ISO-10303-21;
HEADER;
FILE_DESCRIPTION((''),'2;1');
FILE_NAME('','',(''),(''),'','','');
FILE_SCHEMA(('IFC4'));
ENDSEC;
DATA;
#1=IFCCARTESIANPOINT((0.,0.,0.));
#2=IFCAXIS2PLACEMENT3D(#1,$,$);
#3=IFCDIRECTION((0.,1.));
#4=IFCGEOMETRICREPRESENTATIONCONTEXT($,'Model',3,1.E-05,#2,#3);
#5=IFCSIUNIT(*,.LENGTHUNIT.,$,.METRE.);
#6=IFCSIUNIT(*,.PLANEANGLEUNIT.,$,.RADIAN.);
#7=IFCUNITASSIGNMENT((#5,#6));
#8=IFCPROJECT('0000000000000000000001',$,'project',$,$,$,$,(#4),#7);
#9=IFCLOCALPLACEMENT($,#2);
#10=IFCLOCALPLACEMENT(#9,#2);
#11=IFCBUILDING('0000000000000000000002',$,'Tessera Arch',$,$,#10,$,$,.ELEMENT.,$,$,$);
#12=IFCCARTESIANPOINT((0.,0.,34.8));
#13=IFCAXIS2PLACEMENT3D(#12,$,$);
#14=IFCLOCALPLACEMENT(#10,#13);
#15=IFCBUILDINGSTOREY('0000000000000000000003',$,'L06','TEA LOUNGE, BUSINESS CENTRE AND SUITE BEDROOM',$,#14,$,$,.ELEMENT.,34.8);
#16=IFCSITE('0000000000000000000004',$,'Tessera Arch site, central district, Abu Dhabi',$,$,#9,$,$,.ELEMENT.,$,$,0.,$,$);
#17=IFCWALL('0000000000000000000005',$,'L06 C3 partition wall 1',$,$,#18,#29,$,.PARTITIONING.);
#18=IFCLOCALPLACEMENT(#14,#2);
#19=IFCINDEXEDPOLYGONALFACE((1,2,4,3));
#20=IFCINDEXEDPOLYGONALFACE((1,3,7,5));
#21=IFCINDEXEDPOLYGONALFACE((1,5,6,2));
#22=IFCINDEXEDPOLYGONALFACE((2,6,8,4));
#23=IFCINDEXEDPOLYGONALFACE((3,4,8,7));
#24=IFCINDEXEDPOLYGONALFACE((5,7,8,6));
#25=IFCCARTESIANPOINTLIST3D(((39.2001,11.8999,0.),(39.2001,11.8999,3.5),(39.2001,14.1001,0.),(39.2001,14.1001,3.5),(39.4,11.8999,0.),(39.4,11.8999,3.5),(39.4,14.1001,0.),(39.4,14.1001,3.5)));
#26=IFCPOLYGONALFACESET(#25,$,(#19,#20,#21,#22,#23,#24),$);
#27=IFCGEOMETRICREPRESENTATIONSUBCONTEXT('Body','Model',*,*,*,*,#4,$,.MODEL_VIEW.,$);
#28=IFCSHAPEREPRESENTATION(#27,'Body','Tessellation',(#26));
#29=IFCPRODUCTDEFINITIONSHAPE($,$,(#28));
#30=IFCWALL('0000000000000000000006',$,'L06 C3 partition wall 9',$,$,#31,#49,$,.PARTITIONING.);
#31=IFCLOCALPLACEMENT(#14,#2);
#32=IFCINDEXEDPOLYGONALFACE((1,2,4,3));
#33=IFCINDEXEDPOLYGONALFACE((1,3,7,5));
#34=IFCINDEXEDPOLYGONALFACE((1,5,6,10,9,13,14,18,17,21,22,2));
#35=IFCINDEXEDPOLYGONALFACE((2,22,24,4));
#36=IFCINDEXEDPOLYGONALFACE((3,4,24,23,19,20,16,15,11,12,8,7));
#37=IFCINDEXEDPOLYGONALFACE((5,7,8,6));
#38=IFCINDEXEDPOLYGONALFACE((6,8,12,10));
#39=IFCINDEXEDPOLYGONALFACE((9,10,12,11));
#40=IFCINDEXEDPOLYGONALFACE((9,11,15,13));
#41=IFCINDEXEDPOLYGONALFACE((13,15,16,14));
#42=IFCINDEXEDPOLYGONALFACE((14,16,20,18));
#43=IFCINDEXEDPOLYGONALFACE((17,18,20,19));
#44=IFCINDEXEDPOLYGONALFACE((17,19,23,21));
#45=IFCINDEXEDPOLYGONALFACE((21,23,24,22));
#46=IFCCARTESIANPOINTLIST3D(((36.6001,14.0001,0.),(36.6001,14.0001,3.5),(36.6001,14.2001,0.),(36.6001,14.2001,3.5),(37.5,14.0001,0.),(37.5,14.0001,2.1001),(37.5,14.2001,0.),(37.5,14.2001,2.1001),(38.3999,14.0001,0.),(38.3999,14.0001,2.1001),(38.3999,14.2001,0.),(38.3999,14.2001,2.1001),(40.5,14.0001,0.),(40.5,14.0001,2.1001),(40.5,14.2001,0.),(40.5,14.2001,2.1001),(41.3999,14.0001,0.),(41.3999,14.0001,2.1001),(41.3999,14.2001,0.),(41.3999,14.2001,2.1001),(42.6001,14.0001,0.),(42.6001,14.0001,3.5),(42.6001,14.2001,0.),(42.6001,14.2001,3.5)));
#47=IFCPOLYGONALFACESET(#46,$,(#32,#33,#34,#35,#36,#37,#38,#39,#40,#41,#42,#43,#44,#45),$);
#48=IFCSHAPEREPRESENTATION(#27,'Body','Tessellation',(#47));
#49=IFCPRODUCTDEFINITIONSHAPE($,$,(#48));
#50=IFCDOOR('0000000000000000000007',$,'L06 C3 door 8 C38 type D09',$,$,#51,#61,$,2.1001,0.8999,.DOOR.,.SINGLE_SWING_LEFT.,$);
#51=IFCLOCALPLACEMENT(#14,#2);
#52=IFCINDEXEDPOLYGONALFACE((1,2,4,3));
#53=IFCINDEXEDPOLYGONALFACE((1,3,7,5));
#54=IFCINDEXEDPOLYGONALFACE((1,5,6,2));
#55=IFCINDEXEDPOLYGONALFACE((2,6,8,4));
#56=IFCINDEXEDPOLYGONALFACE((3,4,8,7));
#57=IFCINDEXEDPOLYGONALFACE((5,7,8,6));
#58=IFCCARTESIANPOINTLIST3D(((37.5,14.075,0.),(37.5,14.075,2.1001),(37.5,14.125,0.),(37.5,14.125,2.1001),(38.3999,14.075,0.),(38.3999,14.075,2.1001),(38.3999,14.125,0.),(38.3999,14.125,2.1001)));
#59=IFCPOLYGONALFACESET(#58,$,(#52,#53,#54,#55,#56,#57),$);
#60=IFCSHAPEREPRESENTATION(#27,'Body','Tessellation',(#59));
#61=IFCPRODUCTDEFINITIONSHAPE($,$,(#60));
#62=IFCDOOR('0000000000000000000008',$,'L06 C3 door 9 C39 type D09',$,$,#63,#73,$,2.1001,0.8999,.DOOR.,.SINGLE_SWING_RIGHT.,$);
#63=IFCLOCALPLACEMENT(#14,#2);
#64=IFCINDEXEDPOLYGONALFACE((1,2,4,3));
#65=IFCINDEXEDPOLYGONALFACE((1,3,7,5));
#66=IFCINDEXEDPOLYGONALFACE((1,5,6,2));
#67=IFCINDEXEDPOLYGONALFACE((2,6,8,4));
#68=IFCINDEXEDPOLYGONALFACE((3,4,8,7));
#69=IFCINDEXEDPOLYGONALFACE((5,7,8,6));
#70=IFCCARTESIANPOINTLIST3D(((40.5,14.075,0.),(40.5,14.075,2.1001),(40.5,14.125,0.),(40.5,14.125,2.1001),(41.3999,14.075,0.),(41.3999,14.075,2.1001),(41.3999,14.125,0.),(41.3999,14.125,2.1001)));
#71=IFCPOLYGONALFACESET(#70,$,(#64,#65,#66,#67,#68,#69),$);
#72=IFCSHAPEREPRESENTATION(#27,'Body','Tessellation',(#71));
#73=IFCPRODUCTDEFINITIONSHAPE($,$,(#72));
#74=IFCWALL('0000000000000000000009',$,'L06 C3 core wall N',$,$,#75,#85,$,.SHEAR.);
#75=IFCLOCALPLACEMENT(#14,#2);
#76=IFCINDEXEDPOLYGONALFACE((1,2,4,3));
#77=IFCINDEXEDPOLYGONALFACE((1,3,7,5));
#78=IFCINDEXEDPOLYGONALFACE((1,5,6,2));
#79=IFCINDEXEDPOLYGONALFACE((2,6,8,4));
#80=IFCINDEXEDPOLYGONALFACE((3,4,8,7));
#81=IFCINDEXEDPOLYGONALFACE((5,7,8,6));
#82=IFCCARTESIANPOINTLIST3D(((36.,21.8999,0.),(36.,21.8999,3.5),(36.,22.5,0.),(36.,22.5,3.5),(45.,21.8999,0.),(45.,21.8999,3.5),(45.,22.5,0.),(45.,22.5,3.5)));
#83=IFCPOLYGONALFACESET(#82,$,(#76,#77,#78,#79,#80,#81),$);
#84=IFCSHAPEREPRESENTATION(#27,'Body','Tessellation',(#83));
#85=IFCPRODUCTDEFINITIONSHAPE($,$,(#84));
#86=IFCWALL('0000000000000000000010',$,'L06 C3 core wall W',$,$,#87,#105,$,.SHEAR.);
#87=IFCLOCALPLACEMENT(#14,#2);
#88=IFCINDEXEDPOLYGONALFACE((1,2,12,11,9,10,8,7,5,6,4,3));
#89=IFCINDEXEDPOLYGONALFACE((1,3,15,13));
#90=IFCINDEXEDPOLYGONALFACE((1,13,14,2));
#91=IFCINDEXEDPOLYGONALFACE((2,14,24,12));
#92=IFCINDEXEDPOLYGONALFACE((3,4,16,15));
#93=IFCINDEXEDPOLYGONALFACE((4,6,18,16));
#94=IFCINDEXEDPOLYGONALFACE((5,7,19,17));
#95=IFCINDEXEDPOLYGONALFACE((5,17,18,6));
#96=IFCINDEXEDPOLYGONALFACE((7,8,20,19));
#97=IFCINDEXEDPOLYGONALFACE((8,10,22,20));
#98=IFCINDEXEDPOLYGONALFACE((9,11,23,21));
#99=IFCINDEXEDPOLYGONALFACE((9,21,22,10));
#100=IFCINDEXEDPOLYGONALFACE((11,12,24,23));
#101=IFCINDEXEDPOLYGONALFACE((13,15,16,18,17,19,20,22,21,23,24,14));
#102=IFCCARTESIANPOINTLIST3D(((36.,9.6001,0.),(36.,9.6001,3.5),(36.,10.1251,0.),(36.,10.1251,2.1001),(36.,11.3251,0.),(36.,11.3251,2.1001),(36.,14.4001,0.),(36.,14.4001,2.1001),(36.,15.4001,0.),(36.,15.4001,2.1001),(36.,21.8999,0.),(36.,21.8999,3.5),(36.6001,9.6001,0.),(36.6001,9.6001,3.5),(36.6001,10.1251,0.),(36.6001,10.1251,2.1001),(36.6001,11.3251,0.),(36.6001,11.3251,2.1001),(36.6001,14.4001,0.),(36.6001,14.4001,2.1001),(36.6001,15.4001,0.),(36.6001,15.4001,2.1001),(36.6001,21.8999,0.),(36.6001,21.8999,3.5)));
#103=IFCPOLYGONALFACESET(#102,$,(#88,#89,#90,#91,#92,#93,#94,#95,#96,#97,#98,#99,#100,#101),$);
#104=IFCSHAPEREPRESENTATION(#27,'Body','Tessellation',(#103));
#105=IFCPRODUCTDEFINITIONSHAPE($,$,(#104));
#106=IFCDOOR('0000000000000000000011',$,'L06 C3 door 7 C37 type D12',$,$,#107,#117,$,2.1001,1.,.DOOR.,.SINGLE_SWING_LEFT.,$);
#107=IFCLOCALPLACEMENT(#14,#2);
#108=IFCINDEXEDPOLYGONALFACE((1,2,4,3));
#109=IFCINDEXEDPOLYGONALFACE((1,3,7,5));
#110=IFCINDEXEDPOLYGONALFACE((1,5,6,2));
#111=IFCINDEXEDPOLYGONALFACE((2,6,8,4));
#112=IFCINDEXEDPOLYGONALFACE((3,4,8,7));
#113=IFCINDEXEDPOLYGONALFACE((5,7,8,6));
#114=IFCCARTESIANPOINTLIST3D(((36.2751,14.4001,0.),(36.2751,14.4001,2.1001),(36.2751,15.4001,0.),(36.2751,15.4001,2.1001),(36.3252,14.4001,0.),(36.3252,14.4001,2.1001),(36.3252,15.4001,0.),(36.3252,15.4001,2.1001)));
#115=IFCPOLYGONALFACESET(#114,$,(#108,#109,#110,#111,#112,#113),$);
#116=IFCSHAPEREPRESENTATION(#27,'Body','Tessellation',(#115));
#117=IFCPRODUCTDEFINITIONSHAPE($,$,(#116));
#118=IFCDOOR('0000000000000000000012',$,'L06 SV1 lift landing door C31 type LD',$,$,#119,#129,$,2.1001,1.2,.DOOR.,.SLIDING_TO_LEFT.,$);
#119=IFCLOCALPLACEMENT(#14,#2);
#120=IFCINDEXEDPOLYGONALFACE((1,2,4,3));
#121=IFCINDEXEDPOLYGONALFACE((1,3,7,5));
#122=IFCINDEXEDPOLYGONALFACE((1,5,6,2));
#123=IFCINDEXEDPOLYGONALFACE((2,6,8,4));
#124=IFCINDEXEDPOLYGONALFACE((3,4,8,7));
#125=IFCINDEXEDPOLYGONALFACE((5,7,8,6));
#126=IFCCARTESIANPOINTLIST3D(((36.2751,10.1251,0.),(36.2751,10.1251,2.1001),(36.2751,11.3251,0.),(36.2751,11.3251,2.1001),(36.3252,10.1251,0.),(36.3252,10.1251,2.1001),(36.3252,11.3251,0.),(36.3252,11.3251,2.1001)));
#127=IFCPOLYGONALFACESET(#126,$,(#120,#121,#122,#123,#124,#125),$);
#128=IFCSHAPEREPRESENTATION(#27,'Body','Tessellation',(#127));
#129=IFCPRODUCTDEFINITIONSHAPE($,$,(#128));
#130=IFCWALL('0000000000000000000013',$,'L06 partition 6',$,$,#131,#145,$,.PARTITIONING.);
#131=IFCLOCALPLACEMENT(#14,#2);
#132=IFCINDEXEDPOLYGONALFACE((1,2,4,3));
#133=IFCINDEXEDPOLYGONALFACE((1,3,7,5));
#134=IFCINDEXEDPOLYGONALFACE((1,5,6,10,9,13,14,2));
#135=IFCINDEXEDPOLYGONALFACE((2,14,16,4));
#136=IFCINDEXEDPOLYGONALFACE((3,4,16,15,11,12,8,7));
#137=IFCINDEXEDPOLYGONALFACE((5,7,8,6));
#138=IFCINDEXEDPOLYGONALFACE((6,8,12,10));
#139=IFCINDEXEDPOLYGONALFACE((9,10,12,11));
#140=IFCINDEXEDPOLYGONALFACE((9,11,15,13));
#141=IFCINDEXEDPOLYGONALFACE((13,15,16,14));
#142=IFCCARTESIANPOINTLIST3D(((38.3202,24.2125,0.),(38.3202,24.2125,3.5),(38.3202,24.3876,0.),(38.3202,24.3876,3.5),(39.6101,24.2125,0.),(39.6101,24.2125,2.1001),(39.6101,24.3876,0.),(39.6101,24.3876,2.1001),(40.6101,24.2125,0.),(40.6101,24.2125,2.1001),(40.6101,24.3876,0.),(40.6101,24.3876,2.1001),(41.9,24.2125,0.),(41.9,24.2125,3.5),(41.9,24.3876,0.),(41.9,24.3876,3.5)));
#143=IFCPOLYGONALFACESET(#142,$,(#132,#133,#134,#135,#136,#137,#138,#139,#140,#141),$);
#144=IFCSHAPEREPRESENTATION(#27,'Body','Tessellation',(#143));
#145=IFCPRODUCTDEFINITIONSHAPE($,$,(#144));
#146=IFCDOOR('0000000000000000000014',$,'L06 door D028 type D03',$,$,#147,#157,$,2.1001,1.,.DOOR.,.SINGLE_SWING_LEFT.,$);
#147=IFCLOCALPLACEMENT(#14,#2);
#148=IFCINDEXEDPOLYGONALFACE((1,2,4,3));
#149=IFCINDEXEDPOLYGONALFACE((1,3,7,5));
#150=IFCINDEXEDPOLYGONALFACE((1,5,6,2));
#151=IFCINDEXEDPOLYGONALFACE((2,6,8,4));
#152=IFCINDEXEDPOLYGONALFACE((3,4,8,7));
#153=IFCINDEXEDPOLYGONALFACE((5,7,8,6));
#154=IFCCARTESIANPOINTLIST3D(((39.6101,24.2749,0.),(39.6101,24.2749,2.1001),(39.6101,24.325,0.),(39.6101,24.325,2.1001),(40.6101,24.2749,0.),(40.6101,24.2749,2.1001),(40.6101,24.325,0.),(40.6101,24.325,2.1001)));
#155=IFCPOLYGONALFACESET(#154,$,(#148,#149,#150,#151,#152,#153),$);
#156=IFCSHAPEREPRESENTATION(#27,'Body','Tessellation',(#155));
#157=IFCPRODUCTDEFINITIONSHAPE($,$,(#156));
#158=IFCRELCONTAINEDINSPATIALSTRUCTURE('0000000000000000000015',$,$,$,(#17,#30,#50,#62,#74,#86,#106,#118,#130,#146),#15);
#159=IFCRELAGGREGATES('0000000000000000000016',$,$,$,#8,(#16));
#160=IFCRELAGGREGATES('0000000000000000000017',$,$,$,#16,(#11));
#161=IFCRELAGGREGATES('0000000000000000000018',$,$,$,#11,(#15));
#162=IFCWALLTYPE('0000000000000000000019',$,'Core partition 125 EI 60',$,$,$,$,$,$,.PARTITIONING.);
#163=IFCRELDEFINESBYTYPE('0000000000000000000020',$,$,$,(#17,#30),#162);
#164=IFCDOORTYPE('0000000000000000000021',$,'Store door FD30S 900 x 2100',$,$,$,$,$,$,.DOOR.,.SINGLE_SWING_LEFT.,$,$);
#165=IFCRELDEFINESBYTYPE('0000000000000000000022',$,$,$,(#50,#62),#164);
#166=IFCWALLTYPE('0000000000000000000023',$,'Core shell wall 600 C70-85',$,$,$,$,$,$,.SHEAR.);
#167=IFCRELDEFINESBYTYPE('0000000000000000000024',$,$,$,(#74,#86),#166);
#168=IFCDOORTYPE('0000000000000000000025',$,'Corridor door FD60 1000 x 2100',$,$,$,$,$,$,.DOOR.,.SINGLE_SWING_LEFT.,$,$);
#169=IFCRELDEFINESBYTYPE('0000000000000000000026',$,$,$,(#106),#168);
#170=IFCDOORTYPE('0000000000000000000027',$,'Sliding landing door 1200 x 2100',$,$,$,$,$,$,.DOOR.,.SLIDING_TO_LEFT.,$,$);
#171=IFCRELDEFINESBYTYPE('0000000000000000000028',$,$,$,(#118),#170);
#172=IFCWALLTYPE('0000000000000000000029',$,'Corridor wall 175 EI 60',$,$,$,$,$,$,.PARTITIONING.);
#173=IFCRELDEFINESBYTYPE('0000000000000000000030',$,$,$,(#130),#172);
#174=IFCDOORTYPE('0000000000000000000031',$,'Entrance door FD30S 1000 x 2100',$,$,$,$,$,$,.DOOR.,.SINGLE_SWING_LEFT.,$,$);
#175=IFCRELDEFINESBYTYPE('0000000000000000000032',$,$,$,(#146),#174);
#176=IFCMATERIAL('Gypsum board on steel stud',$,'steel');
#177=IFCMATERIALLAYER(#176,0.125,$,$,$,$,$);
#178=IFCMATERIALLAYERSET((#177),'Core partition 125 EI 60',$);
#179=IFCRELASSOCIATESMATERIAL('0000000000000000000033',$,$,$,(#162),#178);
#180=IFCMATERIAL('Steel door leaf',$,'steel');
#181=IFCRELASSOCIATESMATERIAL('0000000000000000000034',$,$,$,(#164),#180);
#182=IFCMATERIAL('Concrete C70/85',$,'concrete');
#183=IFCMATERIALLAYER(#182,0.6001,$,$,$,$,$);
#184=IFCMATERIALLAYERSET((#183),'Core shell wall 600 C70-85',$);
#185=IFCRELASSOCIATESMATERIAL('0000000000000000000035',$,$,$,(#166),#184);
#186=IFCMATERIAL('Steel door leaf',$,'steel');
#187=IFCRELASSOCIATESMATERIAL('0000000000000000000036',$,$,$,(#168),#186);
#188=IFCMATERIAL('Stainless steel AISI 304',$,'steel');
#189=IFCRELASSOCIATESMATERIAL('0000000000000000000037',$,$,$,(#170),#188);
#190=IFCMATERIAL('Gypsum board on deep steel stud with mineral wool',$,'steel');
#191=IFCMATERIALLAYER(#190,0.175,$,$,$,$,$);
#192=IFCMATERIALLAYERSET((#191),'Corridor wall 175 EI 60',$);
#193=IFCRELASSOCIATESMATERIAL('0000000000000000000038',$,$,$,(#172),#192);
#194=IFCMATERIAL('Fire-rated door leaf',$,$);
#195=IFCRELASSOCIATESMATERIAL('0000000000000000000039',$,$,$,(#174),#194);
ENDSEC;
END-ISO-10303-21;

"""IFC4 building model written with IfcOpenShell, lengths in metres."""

from ifc_helpers import new_model, si_unit, direction, frame, frame_2d, origin, place, context, subcontext, project, spatial, rectangle, extrude, material, layer, layer_set, type_object, element, fill, save


model = new_model("IFC4")

# Units and contexts
model_context = context("Model", 3, precision=1e-05, world=origin(), true_north=direction((0.0, 1.0)))
body_context = subcontext(model_context, "Body", "Model", "MODEL_VIEW")
ifc_project = project(units=[si_unit("LENGTHUNIT", "METRE"), si_unit("PLANEANGLEUNIT", "RADIAN")], contexts=[model_context])

# Site, building, storey
site_placement = place(None, origin())
site = spatial("IfcSite", under=ifc_project, at=site_placement, Name="Tessera Arch site, central district, Abu Dhabi", CompositionType="ELEMENT", RefElevation=0.0)
building_placement = place(site_placement, origin())
building = spatial("IfcBuilding", under=site, at=building_placement, Name="Tessera Arch", CompositionType="ELEMENT")
storey_placement = place(building_placement, frame((0.0, 0.0, 34.8)))
storey = spatial("IfcBuildingStorey", under=building, at=storey_placement, Name="L06", Description="TEA LOUNGE, BUSINESS CENTRE AND SUITE BEDROOM", CompositionType="ELEMENT", Elevation=34.8)

# Wall
ifc_material_1 = material(Name="Gypsum board on steel stud", Category="steel")
ifc_layer_1 = layer(ifc_material_1, 0.125)
ifc_layer_set_1 = layer_set([ifc_layer_1], Name="Core partition 125 EI 60")
wall_type_1 = type_object("IfcWallType", Name="Core partition 125 EI 60", PredefinedType="PARTITIONING", material=ifc_layer_set_1)
wall_1_placement = place(storey_placement, frame((39.3, 11.8999, 0.0), z_axis=(0.0, 0.0, 1.0), x_axis=(0.0, 1.0, 0.0)))
element("IfcWall", 1, at=wall_1_placement, inside=storey, type_object=wall_type_1, Name="L06 C3 partition wall 1", PredefinedType="PARTITIONING", context=body_context, shape_type="SweptSolid", body=[
    extrude(rectangle(XDim=2.2002, YDim=0.2, at=frame_2d((1.1001, 0.0))), origin(), (0.0, 0.0, 1.0), 3.5),
])

# Wall, openings, doors
wall_2_placement = place(storey_placement, frame((36.6001, 14.1001, 0.0), z_axis=(0.0, 0.0, 1.0), x_axis=(1.0, 0.0, 0.0)))
wall_2 = element("IfcWall", 2, at=wall_2_placement, inside=storey, type_object=wall_type_1, Name="L06 C3 partition wall 9", PredefinedType="PARTITIONING", context=body_context, shape_type="SweptSolid", body=[
    extrude(rectangle(XDim=6.0, YDim=0.2, at=frame_2d((3.0, 0.0))), origin(), (0.0, 0.0, 1.0), 3.5),
])
opening_1_placement = place(wall_2_placement, frame((0.8999, 0.0, 0.0)))
opening_1 = element("IfcOpeningElement", 3, at=opening_1_placement, cuts=wall_2, PredefinedType="OPENING", context=body_context, shape_type="SweptSolid", body=[
    extrude(rectangle(XDim=0.8999, YDim=2.1001, at=frame_2d((0.45, 1.05))), frame((0.0, 0.1099, 0.0), z_axis=(0.0, -1.0, 0.0), x_axis=(1.0, 0.0, 0.0)), (0.0, 0.0, 1.0), 0.22),
])
opening_2_placement = place(wall_2_placement, frame((3.8999, 0.0, 0.0)))
opening_2 = element("IfcOpeningElement", 4, at=opening_2_placement, cuts=wall_2, PredefinedType="OPENING", context=body_context, shape_type="SweptSolid", body=[
    extrude(rectangle(XDim=0.8999, YDim=2.1001, at=frame_2d((0.45, 1.05))), frame((0.0, 0.1099, 0.0), z_axis=(0.0, -1.0, 0.0), x_axis=(1.0, 0.0, 0.0)), (0.0, 0.0, 1.0), 0.22),
])
ifc_material_2 = material(Name="Steel door leaf", Category="steel")
door_type_1 = type_object("IfcDoorType", Name="Store door FD30S 900 x 2100", OperationType="SINGLE_SWING_LEFT", PredefinedType="DOOR", material=ifc_material_2)
door_1_placement = place(opening_1_placement, origin())
door_1 = element("IfcDoor", 5, at=door_1_placement, inside=storey, type_object=door_type_1, Name="L06 C3 door 8 C38 type D09", OperationType="SINGLE_SWING_LEFT", OverallHeight=2.1001, OverallWidth=0.8999, PredefinedType="DOOR", context=body_context, shape_type="SweptSolid", body=[
    extrude(rectangle(XDim=0.8999, YDim=2.1001, at=frame_2d((0.45, 1.05))), frame((0.0, 0.0249, 0.0), z_axis=(0.0, -1.0, 0.0), x_axis=(1.0, 0.0, 0.0)), (0.0, 0.0, 1.0), 0.05),
])
fill(opening_1, door_1)
door_2_placement = place(opening_2_placement, origin())
door_2 = element("IfcDoor", 6, at=door_2_placement, inside=storey, type_object=door_type_1, Name="L06 C3 door 9 C39 type D09", OperationType="SINGLE_SWING_RIGHT", OverallHeight=2.1001, OverallWidth=0.8999, PredefinedType="DOOR", context=body_context, shape_type="SweptSolid", body=[
    extrude(rectangle(XDim=0.8999, YDim=2.1001, at=frame_2d((0.45, 1.05))), frame((0.0, 0.0249, 0.0), z_axis=(0.0, -1.0, 0.0), x_axis=(1.0, 0.0, 0.0)), (0.0, 0.0, 1.0), 0.05),
])
fill(opening_2, door_2)

# Wall
ifc_material_3 = material(Name="Concrete C70/85", Category="concrete")
ifc_layer_2 = layer(ifc_material_3, 0.6001)
ifc_layer_set_2 = layer_set([ifc_layer_2], Name="Core shell wall 600 C70-85")
wall_type_2 = type_object("IfcWallType", Name="Core shell wall 600 C70-85", PredefinedType="SHEAR", material=ifc_layer_set_2)
wall_3_placement = place(storey_placement, frame((36.0, 22.2, 0.0), z_axis=(0.0, 0.0, 1.0), x_axis=(1.0, 0.0, 0.0)))
element("IfcWall", 7, at=wall_3_placement, inside=storey, type_object=wall_type_2, Name="L06 C3 core wall N", PredefinedType="SHEAR", context=body_context, shape_type="SweptSolid", body=[
    extrude(rectangle(XDim=9.0, YDim=0.6001, at=frame_2d((4.5, 0.0))), origin(), (0.0, 0.0, 1.0), 3.5),
])

# Wall, openings, doors
wall_4_placement = place(storey_placement, frame((36.3, 9.6001, 0.0), z_axis=(0.0, 0.0, 1.0), x_axis=(0.0, 1.0, 0.0)))
wall_4 = element("IfcWall", 8, at=wall_4_placement, inside=storey, type_object=wall_type_2, Name="L06 C3 core wall W", PredefinedType="SHEAR", context=body_context, shape_type="SweptSolid", body=[
    extrude(rectangle(XDim=12.2998, YDim=0.6001, at=frame_2d((6.1499, 0.0))), origin(), (0.0, 0.0, 1.0), 3.5),
])
opening_3_placement = place(wall_4_placement, frame((0.5249, 0.0, 0.0)))
opening_3 = element("IfcOpeningElement", 9, at=opening_3_placement, cuts=wall_4, PredefinedType="OPENING", context=body_context, shape_type="SweptSolid", body=[
    extrude(rectangle(XDim=1.2, YDim=2.1001, at=frame_2d((0.6001, 1.05))), frame((0.0, 0.3101, 0.0), z_axis=(0.0, -1.0, 0.0), x_axis=(1.0, 0.0, 0.0)), (0.0, 0.0, 1.0), 0.6201),
])
opening_4_placement = place(wall_4_placement, frame((4.8, 0.0, 0.0)))
opening_4 = element("IfcOpeningElement", 10, at=opening_4_placement, cuts=wall_4, PredefinedType="OPENING", context=body_context, shape_type="SweptSolid", body=[
    extrude(rectangle(XDim=1.0, YDim=2.1001, at=frame_2d((0.5, 1.05))), frame((0.0, 0.3101, 0.0), z_axis=(0.0, -1.0, 0.0), x_axis=(1.0, 0.0, 0.0)), (0.0, 0.0, 1.0), 0.6201),
])
ifc_material_4 = material(Name="Steel door leaf", Category="steel")
door_type_2 = type_object("IfcDoorType", Name="Corridor door FD60 1000 x 2100", OperationType="SINGLE_SWING_LEFT", PredefinedType="DOOR", material=ifc_material_4)
door_3_placement = place(opening_4_placement, origin())
door_3 = element("IfcDoor", 11, at=door_3_placement, inside=storey, type_object=door_type_2, Name="L06 C3 door 7 C37 type D12", OperationType="SINGLE_SWING_LEFT", OverallHeight=2.1001, OverallWidth=1.0, PredefinedType="DOOR", context=body_context, shape_type="SweptSolid", body=[
    extrude(rectangle(XDim=1.0, YDim=2.1001, at=frame_2d((0.5, 1.05))), frame((0.0, 0.0249, 0.0), z_axis=(0.0, -1.0, 0.0), x_axis=(1.0, 0.0, 0.0)), (0.0, 0.0, 1.0), 0.05),
])
fill(opening_4, door_3)
ifc_material_5 = material(Name="Stainless steel AISI 304", Category="steel")
door_type_3 = type_object("IfcDoorType", Name="Sliding landing door 1200 x 2100", OperationType="SLIDING_TO_LEFT", PredefinedType="DOOR", material=ifc_material_5)
door_4_placement = place(opening_3_placement, origin())
door_4 = element("IfcDoor", 12, at=door_4_placement, inside=storey, type_object=door_type_3, Name="L06 SV1 lift landing door C31 type LD", OperationType="SLIDING_TO_LEFT", OverallHeight=2.1001, OverallWidth=1.2, PredefinedType="DOOR", context=body_context, shape_type="SweptSolid", body=[
    extrude(rectangle(XDim=1.2, YDim=2.1001, at=frame_2d((0.6001, 1.05))), frame((0.0, 0.0249, 0.0), z_axis=(0.0, -1.0, 0.0), x_axis=(1.0, 0.0, 0.0)), (0.0, 0.0, 1.0), 0.05),
])
fill(opening_3, door_4)

# Wall, opening, door
ifc_material_6 = material(Name="Gypsum board on deep steel stud with mineral wool", Category="steel")
ifc_layer_3 = layer(ifc_material_6, 0.175)
ifc_layer_set_3 = layer_set([ifc_layer_3], Name="Corridor wall 175 EI 60")
wall_type_3 = type_object("IfcWallType", Name="Corridor wall 175 EI 60", PredefinedType="PARTITIONING", material=ifc_layer_set_3)
wall_5_placement = place(storey_placement, frame((38.3201, 24.3, 0.0), z_axis=(0.0, 0.0, 1.0), x_axis=(1.0, 0.0, 0.0)))
wall_5 = element("IfcWall", 13, at=wall_5_placement, inside=storey, type_object=wall_type_3, Name="L06 partition 6", PredefinedType="PARTITIONING", context=body_context, shape_type="SweptSolid", body=[
    extrude(rectangle(XDim=3.5798, YDim=0.175, at=frame_2d((1.79, 0.0))), origin(), (0.0, 0.0, 1.0), 3.5),
])
opening_5_placement = place(wall_5_placement, frame((1.29, 0.0, 0.0)))
opening_5 = element("IfcOpeningElement", 14, at=opening_5_placement, cuts=wall_5, PredefinedType="OPENING", context=body_context, shape_type="SweptSolid", body=[
    extrude(rectangle(XDim=1.0, YDim=2.1001, at=frame_2d((0.5, 1.05))), frame((0.0, 0.0974, 0.0), z_axis=(0.0, -1.0, 0.0), x_axis=(1.0, 0.0, 0.0)), (0.0, 0.0, 1.0), 0.1951),
])
ifc_material_7 = material(Name="Fire-rated door leaf")
door_type_4 = type_object("IfcDoorType", Name="Entrance door FD30S 1000 x 2100", OperationType="SINGLE_SWING_LEFT", PredefinedType="DOOR", material=ifc_material_7)
door_5_placement = place(opening_5_placement, origin())
door_5 = element("IfcDoor", 15, at=door_5_placement, inside=storey, type_object=door_type_4, Name="L06 door D028 type D03", OperationType="SINGLE_SWING_LEFT", OverallHeight=2.1001, OverallWidth=1.0, PredefinedType="DOOR", context=body_context, shape_type="SweptSolid", body=[
    extrude(rectangle(XDim=1.0, YDim=2.1001, at=frame_2d((0.5, 1.05))), frame((0.0, 0.0249, 0.0), z_axis=(0.0, -1.0, 0.0), x_axis=(1.0, 0.0, 0.0)), (0.0, 0.0, 1.0), 0.05),
])
fill(opening_5, door_5)

save(model, "model.ifc")
